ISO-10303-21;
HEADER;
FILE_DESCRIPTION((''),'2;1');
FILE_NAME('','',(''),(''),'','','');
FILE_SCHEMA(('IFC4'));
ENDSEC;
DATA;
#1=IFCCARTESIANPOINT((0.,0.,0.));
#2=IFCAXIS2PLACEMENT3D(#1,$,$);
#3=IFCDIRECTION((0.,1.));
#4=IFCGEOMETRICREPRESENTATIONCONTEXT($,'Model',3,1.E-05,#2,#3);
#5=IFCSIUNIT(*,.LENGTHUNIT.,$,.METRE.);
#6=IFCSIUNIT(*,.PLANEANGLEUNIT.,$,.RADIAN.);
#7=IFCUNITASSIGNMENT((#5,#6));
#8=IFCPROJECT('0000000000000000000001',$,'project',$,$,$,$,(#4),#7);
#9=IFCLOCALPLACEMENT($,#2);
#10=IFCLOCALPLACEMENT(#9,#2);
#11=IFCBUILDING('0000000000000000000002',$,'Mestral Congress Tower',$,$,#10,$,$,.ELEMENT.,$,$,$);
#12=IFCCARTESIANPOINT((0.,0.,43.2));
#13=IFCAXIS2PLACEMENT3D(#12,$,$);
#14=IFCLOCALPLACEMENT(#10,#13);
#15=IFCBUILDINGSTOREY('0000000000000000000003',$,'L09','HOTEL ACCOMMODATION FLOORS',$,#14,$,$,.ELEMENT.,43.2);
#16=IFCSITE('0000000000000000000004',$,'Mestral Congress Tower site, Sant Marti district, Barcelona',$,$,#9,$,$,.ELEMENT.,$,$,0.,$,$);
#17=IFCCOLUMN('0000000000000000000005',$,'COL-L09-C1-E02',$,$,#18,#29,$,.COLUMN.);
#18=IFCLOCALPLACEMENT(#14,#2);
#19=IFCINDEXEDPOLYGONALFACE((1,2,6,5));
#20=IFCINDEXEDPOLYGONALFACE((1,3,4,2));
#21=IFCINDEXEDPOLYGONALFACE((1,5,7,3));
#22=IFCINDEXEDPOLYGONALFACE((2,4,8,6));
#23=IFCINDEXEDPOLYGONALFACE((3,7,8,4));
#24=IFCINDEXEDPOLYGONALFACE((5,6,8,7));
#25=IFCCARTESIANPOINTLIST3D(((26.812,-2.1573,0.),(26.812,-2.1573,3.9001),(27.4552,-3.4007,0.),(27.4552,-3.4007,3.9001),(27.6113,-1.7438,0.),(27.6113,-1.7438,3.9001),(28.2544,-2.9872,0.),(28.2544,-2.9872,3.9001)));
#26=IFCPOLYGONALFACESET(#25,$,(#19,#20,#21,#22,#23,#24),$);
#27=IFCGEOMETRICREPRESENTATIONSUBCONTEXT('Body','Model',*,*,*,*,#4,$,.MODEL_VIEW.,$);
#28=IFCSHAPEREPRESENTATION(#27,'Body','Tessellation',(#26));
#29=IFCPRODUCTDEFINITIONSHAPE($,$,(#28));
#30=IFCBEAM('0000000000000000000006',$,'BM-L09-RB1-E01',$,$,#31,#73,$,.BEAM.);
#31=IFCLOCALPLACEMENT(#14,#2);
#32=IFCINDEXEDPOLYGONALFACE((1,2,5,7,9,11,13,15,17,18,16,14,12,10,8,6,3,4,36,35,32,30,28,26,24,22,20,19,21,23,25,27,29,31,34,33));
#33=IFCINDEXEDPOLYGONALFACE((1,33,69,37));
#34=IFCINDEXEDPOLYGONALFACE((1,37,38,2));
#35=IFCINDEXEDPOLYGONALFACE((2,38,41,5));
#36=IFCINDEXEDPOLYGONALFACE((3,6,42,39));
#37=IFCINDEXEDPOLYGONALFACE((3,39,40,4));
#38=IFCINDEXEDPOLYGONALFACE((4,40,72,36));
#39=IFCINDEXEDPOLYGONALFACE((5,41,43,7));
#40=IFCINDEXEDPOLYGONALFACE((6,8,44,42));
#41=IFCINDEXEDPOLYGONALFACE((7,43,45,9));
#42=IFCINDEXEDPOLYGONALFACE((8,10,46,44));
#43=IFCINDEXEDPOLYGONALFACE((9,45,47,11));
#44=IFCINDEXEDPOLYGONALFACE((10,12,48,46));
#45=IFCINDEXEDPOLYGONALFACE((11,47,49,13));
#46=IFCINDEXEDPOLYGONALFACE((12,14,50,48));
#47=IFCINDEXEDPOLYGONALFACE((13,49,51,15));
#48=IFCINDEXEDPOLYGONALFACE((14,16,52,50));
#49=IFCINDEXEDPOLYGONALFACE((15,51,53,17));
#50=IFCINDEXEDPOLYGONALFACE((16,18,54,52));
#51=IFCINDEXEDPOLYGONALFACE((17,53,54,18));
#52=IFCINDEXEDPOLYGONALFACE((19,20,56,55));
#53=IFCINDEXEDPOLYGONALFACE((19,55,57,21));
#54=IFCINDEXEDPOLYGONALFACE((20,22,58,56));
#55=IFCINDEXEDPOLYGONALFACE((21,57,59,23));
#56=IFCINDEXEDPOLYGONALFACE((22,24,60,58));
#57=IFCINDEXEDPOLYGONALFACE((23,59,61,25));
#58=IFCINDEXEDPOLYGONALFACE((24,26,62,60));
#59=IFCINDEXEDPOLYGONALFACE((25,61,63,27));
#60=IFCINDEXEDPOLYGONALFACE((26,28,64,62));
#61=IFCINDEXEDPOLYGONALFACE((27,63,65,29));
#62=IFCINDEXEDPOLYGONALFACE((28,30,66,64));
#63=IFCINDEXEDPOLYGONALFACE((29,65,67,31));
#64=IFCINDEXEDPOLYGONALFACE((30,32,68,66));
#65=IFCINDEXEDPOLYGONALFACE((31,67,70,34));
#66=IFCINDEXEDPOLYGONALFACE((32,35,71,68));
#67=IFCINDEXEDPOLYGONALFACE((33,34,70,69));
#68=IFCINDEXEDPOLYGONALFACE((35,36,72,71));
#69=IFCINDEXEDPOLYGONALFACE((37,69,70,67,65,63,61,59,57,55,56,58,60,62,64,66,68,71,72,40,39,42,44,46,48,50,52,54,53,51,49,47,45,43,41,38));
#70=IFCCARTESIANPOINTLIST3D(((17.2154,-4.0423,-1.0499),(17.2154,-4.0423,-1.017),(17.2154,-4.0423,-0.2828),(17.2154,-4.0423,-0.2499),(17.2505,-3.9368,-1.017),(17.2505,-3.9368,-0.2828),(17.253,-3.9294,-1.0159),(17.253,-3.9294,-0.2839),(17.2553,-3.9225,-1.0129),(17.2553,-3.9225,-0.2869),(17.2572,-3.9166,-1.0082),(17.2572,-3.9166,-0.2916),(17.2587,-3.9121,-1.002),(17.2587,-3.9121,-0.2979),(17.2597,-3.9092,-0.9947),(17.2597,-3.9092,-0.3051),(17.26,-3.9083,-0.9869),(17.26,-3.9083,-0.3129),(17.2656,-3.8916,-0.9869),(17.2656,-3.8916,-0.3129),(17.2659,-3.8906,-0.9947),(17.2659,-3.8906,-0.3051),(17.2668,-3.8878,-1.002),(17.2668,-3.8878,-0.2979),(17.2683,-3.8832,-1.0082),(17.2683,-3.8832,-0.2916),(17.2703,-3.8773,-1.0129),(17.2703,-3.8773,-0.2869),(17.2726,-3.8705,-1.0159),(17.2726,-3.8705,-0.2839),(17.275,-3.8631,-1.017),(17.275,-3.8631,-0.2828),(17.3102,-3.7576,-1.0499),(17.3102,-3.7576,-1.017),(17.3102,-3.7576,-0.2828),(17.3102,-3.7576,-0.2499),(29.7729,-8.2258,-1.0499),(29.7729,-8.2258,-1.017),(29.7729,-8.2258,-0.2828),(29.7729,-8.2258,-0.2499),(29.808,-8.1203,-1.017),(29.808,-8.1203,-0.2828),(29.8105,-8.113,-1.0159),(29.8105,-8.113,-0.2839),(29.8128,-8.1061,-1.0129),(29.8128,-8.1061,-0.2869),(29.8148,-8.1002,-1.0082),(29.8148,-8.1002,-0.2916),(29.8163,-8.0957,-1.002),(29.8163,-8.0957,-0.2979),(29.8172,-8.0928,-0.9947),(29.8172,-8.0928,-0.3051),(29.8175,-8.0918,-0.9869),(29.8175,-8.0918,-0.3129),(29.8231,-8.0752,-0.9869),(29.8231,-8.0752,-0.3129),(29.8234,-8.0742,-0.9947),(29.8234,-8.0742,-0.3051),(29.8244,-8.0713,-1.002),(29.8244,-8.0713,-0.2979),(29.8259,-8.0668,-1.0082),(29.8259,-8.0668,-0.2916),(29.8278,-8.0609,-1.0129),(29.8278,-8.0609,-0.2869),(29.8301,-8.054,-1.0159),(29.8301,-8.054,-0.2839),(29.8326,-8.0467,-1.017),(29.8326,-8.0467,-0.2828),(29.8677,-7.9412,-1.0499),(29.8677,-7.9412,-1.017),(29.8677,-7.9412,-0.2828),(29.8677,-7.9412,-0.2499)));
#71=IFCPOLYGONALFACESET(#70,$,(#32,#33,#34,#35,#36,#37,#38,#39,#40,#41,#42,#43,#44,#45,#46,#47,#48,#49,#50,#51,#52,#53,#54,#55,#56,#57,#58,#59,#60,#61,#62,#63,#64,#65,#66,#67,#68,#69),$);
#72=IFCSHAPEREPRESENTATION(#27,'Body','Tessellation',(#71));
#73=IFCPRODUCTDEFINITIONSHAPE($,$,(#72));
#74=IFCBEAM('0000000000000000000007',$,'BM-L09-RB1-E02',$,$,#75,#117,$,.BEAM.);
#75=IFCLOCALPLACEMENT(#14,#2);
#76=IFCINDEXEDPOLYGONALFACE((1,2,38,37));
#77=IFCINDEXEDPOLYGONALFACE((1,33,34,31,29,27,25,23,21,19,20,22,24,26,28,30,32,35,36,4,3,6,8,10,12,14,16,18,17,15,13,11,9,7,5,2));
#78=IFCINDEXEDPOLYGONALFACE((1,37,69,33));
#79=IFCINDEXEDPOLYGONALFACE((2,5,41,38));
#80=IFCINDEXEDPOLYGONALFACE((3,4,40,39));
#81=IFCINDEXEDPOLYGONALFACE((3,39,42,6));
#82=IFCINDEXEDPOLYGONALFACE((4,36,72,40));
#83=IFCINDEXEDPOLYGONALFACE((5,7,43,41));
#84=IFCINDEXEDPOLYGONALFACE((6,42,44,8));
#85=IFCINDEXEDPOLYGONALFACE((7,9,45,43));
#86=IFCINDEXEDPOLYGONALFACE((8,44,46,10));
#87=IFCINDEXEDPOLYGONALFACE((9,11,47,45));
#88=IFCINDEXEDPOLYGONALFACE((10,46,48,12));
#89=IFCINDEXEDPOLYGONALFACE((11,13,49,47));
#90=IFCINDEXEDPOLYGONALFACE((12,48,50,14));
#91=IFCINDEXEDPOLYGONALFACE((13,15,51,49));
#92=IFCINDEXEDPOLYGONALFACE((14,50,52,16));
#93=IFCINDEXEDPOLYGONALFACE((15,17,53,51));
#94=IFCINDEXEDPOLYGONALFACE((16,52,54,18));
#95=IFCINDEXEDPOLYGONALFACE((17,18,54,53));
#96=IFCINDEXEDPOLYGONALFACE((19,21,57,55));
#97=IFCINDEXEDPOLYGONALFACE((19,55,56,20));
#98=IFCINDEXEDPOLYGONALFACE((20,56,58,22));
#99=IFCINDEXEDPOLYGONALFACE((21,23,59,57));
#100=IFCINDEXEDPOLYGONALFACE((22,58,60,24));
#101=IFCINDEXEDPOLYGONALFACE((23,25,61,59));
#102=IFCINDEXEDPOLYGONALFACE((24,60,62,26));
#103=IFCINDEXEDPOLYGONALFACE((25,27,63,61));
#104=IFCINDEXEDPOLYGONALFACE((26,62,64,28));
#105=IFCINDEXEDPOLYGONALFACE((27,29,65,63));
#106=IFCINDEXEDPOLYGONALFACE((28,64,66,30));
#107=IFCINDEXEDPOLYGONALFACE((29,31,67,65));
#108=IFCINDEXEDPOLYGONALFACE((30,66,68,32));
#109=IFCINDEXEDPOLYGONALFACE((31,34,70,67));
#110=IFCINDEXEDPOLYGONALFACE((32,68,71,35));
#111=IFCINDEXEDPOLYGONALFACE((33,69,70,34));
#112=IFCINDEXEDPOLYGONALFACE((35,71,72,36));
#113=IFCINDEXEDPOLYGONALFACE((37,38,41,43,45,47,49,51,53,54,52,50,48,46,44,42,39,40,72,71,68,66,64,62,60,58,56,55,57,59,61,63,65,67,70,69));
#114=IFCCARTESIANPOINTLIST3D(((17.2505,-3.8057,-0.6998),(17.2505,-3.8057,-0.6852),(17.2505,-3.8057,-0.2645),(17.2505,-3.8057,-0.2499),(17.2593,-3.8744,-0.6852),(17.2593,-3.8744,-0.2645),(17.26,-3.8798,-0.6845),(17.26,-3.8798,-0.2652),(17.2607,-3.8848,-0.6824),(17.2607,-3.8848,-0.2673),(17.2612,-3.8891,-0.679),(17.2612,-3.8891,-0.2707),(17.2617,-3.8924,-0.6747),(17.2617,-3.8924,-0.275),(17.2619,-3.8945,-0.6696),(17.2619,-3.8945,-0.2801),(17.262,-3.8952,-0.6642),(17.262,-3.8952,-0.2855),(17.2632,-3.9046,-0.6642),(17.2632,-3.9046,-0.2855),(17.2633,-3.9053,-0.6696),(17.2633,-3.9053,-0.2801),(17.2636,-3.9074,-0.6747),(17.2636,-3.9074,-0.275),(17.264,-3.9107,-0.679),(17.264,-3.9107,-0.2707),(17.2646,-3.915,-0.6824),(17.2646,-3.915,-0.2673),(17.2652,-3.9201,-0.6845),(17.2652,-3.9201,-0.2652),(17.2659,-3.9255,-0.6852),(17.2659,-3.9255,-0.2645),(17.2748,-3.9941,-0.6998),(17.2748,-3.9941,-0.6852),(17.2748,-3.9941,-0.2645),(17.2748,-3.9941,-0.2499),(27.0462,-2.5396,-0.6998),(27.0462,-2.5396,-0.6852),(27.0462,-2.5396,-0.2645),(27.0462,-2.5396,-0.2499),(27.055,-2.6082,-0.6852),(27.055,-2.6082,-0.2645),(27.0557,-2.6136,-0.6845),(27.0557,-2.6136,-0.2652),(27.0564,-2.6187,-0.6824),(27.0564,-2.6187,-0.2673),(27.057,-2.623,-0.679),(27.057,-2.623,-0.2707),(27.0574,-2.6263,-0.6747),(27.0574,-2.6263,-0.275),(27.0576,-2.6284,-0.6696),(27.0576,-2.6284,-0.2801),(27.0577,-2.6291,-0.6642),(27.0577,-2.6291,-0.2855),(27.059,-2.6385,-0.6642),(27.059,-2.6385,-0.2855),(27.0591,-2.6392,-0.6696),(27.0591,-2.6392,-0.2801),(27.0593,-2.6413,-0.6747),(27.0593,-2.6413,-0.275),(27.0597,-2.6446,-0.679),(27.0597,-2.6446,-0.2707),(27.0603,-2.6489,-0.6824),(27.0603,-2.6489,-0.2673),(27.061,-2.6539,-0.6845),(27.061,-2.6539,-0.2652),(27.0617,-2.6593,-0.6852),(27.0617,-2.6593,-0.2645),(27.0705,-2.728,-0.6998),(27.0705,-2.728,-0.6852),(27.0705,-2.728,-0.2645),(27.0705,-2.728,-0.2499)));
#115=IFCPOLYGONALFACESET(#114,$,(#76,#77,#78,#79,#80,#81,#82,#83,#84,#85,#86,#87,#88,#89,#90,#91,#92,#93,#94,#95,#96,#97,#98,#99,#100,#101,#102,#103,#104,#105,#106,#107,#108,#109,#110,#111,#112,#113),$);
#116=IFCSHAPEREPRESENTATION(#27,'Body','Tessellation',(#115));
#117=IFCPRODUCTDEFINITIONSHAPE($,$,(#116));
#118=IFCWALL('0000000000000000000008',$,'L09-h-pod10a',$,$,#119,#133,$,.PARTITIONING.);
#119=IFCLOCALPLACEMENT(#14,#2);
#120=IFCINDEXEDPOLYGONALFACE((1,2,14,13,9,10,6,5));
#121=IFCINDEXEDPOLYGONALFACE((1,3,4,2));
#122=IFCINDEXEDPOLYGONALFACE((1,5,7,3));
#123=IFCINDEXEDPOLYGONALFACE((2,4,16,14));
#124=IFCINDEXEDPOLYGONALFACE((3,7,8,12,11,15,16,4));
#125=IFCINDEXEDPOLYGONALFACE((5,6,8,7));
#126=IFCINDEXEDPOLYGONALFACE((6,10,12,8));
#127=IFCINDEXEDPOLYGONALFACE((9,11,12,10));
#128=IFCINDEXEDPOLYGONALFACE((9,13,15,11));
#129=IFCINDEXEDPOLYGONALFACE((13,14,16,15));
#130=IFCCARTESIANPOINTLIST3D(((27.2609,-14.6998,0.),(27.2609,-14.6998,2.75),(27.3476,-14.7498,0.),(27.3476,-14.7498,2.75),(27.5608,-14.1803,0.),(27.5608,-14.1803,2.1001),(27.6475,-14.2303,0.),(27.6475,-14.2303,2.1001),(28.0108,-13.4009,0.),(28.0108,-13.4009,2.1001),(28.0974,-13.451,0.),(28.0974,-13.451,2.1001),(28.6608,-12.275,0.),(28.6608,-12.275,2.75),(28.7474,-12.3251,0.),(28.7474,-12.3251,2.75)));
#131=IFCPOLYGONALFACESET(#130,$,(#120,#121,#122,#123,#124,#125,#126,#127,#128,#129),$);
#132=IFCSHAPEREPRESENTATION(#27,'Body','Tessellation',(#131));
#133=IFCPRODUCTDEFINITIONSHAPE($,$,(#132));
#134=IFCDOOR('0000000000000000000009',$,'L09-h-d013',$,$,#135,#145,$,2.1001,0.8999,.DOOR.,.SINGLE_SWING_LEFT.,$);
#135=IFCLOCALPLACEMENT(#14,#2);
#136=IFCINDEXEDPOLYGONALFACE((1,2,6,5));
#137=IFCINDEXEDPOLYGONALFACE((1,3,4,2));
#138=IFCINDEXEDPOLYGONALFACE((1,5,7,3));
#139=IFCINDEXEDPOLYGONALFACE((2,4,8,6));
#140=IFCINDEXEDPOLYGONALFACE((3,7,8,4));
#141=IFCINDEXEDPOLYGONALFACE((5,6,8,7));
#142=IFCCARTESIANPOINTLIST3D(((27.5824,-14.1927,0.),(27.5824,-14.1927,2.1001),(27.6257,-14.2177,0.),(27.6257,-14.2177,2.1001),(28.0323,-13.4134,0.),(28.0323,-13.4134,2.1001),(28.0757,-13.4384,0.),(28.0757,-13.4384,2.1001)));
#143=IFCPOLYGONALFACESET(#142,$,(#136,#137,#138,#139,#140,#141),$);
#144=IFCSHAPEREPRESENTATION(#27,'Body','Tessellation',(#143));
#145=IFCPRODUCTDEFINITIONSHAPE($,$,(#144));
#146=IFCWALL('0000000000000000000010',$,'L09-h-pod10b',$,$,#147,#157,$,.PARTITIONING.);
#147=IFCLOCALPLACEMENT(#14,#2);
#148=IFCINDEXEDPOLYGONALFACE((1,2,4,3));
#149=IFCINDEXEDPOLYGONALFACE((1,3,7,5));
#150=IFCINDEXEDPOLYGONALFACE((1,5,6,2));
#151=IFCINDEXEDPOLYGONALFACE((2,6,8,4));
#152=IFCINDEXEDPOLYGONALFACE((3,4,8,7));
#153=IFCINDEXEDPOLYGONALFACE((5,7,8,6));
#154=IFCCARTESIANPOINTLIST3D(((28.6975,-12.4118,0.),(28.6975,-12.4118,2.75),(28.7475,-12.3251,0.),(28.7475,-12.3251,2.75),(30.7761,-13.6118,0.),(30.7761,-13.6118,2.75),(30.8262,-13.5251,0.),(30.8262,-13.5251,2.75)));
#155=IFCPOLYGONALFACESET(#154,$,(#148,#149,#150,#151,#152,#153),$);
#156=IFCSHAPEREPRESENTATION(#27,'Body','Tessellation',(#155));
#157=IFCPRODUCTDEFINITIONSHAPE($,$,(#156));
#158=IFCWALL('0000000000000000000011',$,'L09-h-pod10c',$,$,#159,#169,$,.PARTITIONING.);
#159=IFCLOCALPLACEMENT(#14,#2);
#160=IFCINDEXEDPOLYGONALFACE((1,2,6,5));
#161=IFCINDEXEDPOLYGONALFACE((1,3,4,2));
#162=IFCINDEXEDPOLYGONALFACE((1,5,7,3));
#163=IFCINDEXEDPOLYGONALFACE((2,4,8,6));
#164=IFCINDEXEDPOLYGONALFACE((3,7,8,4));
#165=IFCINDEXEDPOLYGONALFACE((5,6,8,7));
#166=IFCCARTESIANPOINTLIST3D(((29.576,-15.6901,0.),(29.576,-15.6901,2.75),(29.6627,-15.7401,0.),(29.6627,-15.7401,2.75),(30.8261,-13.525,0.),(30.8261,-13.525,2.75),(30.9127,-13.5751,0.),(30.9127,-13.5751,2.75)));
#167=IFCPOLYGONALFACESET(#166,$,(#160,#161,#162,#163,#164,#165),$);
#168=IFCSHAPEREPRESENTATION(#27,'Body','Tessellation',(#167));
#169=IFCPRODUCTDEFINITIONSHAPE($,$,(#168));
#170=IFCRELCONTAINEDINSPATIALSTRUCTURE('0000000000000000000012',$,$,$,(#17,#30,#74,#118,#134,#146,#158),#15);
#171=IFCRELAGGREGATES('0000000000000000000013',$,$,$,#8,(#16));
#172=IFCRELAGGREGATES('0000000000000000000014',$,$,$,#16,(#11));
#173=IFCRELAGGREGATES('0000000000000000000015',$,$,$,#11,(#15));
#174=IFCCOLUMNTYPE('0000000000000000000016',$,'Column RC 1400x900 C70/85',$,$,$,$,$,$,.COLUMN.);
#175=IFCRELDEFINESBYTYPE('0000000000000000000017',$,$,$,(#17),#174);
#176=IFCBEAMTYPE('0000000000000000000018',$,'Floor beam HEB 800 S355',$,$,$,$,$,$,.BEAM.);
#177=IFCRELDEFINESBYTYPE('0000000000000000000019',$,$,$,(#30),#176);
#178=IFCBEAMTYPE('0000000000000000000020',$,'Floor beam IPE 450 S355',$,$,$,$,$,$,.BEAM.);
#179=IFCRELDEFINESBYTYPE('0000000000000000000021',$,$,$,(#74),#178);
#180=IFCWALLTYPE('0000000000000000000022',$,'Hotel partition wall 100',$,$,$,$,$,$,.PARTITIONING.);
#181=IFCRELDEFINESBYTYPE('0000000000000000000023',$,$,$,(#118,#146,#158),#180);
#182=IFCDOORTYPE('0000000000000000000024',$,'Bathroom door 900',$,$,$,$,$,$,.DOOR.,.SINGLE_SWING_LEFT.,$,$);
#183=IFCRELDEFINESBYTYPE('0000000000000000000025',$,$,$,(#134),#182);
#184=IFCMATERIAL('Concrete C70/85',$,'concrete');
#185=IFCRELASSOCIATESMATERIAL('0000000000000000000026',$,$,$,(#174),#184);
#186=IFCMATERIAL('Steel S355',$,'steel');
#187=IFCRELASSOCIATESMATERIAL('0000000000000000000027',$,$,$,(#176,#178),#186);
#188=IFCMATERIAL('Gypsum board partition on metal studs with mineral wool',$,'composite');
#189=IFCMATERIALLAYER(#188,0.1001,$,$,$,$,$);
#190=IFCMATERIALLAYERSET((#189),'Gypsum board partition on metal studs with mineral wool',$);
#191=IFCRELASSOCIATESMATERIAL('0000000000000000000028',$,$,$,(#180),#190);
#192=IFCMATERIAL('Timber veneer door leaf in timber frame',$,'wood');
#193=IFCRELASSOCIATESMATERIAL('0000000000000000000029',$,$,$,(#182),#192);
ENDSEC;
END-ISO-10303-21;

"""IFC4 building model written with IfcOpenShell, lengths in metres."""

from ifc_helpers import new_model, si_unit, direction, frame, frame_2d, origin, origin_2d, place, context, subcontext, project, spatial, rectangle, i_section, extrude, material, layer, layer_set, material_profile, profile_set, type_object, element, fill, save


model = new_model("IFC4")

# Units and contexts
model_context = context("Model", 3, precision=1e-05, world=origin(), true_north=direction((0.0, 1.0)))
body_context = subcontext(model_context, "Body", "Model", "MODEL_VIEW")
ifc_project = project(units=[si_unit("LENGTHUNIT", "METRE"), si_unit("PLANEANGLEUNIT", "RADIAN")], contexts=[model_context])

# Site, building, storey
site_placement = place(None, origin())
site = spatial("IfcSite", under=ifc_project, at=site_placement, Name="Mestral Congress Tower site, Sant Marti district, Barcelona", CompositionType="ELEMENT", RefElevation=0.0)
building_placement = place(site_placement, origin())
building = spatial("IfcBuilding", under=site, at=building_placement, Name="Mestral Congress Tower", CompositionType="ELEMENT")
storey_placement = place(building_placement, frame((0.0, 0.0, 43.2)))
storey = spatial("IfcBuildingStorey", under=building, at=storey_placement, Name="L09", Description="HOTEL ACCOMMODATION FLOORS", CompositionType="ELEMENT", Elevation=43.2)

# Column
ifc_material_1 = material(Name="Concrete C70/85", Category="concrete")
ifc_material_profile_1 = material_profile(ifc_material_1, rectangle(XDim=1.3999, YDim=0.8999, at=origin_2d()), Name="RC 1400x900")
ifc_profile_set_1 = profile_set([ifc_material_profile_1], Name="Concrete C70/85")
column_type = type_object("IfcColumnType", Name="Column RC 1400x900 C70/85", PredefinedType="COLUMN", material=ifc_profile_set_1)
column_placement = place(storey_placement, frame((27.5332, -2.5723, 0.0), z_axis=(0.0, 0.0, 1.0), x_axis=(-0.459456, 0.888201, 0.0)))
element("IfcColumn", 1, at=column_placement, inside=storey, type_object=column_type, Name="COL-L09-C1-E02", PredefinedType="COLUMN", context=body_context, shape_type="SweptSolid", body=[
    extrude(rectangle(XDim=1.3999, YDim=0.8999, at=origin_2d()), origin(), (0.0, 0.0, 1.0), 3.9001),
])

# Beams
ifc_material_2 = material(Name="Steel S355", Category="steel")
ifc_material_profile_2 = material_profile(ifc_material_2, i_section(OverallWidth=0.3, OverallDepth=0.8, WebThickness=0.0176, FlangeThickness=0.033, FilletRadius=0.03, at=origin_2d()), Name="HEB 800")
ifc_profile_set_2 = profile_set([ifc_material_profile_2], Name="Steel S355")
beam_type_1 = type_object("IfcBeamType", Name="Floor beam HEB 800 S355", PredefinedType="BEAM", material=ifc_profile_set_2)
beam_1_placement = place(storey_placement, frame((29.8203, -8.0835, -0.6499), z_axis=(-0.948735, 0.316073, 0.0), x_axis=(-0.316073, -0.948735, 0.0)))
element("IfcBeam", 2, at=beam_1_placement, inside=storey, type_object=beam_type_1, Name="BM-L09-RB1-E01", PredefinedType="BEAM", context=body_context, shape_type="SweptSolid", body=[
    extrude(i_section(OverallWidth=0.3, OverallDepth=0.8, WebThickness=0.0176, FlangeThickness=0.033, FilletRadius=0.03, at=origin_2d()), origin(), (0.0, 0.0, 1.0), 13.2361),
])
ifc_material_profile_3 = material_profile(ifc_material_2, i_section(OverallWidth=0.1899, OverallDepth=0.45, WebThickness=0.0095, FlangeThickness=0.0146, FilletRadius=0.021, at=origin_2d()), Name="IPE 450")
ifc_profile_set_3 = profile_set([ifc_material_profile_3], Name="Steel S355")
beam_type_2 = type_object("IfcBeamType", Name="Floor beam IPE 450 S355", PredefinedType="BEAM", material=ifc_profile_set_3)
beam_2_placement = place(storey_placement, frame((27.0583, -2.6338, -0.4749), z_axis=(-0.99175, -0.128186, 0.0), x_axis=(0.128186, -0.99175, 0.0)))
element("IfcBeam", 3, at=beam_2_placement, inside=storey, type_object=beam_type_2, Name="BM-L09-RB1-E02", PredefinedType="BEAM", context=body_context, shape_type="SweptSolid", body=[
    extrude(i_section(OverallWidth=0.1899, OverallDepth=0.45, WebThickness=0.0095, FlangeThickness=0.0146, FilletRadius=0.021, at=origin_2d()), origin(), (0.0, 0.0, 1.0), 9.8772),
])

# Wall, opening, door
ifc_material_3 = material(Name="Gypsum board partition on metal studs with mineral wool", Category="composite")
ifc_layer_1 = layer(ifc_material_3, 0.1001)
ifc_layer_set_1 = layer_set([ifc_layer_1], Name="Gypsum board partition on metal studs with mineral wool")
wall_type_1 = type_object("IfcWallType", Name="Hotel partition wall 100", PredefinedType="PARTITIONING", material=ifc_layer_set_1)
wall_1_placement = place(storey_placement, frame((28.7041, -12.3, 0.0), z_axis=(0.0, 0.0, 1.0), x_axis=(-0.499984, -0.866035, 0.0)))
wall_1 = element("IfcWall", 4, at=wall_1_placement, inside=storey, type_object=wall_type_1, Name="L09-h-pod10a", PredefinedType="PARTITIONING", context=body_context, shape_type="SweptSolid", body=[
    extrude(rectangle(XDim=2.7998, YDim=0.1001, at=frame_2d((1.3999, 0.0))), origin(), (0.0, 0.0, 1.0), 2.75),
])
opening_1_placement = place(wall_1_placement, frame((1.3, 0.0, 0.0)))
opening_1 = element("IfcOpeningElement", 5, at=opening_1_placement, cuts=wall_1, PredefinedType="OPENING", context=body_context, shape_type="SweptSolid", body=[
    extrude(rectangle(XDim=0.8999, YDim=2.1001, at=frame_2d((0.45, 1.05))), frame((0.0, 0.0601, 0.0), z_axis=(0.0, -1.0, 0.0), x_axis=(1.0, 0.0, 0.0)), (0.0, 0.0, 1.0), 0.1201),
])
ifc_material_4 = material(Name="Timber veneer door leaf in timber frame", Category="wood")
door_type_1 = type_object("IfcDoorType", Name="Bathroom door 900", OperationType="SINGLE_SWING_LEFT", PredefinedType="DOOR", material=ifc_material_4)
door_1_placement = place(opening_1_placement, origin())
door_1 = element("IfcDoor", 6, at=door_1_placement, inside=storey, type_object=door_type_1, Name="L09-h-d013", OperationType="SINGLE_SWING_LEFT", OverallHeight=2.1001, OverallWidth=0.8999, PredefinedType="DOOR", context=body_context, shape_type="SweptSolid", body=[
    extrude(rectangle(XDim=0.8999, YDim=2.1001, at=frame_2d((0.45, 1.05))), frame((0.0, 0.0249, 0.0), z_axis=(0.0, -1.0, 0.0), x_axis=(1.0, 0.0, 0.0)), (0.0, 0.0, 1.0), 0.05),
])
fill(opening_1, door_1)

# Walls
wall_2_placement = place(storey_placement, frame((28.7224, -12.3684, 0.0), z_axis=(0.0, 0.0, 1.0), x_axis=(0.86605, -0.499957, 0.0)))
element("IfcWall", 7, at=wall_2_placement, inside=storey, type_object=wall_type_1, Name="L09-h-pod10b", PredefinedType="PARTITIONING", context=body_context, shape_type="SweptSolid", body=[
    extrude(rectangle(XDim=2.4001, YDim=0.1001, at=frame_2d((1.2002, 0.0))), origin(), (0.0, 0.0, 1.0), 2.75),
])
wall_3_placement = place(storey_placement, frame((29.6194, -15.7151, 0.0), z_axis=(0.0, 0.0, 1.0), x_axis=(0.500004, 0.866023, 0.0)))
element("IfcWall", 8, at=wall_3_placement, inside=storey, type_object=wall_type_1, Name="L09-h-pod10c", PredefinedType="PARTITIONING", context=body_context, shape_type="SweptSolid", body=[
    extrude(rectangle(XDim=2.5, YDim=0.1001, at=frame_2d((1.25, 0.0))), origin(), (0.0, 0.0, 1.0), 2.75),
])

save(model, "model.ifc")
